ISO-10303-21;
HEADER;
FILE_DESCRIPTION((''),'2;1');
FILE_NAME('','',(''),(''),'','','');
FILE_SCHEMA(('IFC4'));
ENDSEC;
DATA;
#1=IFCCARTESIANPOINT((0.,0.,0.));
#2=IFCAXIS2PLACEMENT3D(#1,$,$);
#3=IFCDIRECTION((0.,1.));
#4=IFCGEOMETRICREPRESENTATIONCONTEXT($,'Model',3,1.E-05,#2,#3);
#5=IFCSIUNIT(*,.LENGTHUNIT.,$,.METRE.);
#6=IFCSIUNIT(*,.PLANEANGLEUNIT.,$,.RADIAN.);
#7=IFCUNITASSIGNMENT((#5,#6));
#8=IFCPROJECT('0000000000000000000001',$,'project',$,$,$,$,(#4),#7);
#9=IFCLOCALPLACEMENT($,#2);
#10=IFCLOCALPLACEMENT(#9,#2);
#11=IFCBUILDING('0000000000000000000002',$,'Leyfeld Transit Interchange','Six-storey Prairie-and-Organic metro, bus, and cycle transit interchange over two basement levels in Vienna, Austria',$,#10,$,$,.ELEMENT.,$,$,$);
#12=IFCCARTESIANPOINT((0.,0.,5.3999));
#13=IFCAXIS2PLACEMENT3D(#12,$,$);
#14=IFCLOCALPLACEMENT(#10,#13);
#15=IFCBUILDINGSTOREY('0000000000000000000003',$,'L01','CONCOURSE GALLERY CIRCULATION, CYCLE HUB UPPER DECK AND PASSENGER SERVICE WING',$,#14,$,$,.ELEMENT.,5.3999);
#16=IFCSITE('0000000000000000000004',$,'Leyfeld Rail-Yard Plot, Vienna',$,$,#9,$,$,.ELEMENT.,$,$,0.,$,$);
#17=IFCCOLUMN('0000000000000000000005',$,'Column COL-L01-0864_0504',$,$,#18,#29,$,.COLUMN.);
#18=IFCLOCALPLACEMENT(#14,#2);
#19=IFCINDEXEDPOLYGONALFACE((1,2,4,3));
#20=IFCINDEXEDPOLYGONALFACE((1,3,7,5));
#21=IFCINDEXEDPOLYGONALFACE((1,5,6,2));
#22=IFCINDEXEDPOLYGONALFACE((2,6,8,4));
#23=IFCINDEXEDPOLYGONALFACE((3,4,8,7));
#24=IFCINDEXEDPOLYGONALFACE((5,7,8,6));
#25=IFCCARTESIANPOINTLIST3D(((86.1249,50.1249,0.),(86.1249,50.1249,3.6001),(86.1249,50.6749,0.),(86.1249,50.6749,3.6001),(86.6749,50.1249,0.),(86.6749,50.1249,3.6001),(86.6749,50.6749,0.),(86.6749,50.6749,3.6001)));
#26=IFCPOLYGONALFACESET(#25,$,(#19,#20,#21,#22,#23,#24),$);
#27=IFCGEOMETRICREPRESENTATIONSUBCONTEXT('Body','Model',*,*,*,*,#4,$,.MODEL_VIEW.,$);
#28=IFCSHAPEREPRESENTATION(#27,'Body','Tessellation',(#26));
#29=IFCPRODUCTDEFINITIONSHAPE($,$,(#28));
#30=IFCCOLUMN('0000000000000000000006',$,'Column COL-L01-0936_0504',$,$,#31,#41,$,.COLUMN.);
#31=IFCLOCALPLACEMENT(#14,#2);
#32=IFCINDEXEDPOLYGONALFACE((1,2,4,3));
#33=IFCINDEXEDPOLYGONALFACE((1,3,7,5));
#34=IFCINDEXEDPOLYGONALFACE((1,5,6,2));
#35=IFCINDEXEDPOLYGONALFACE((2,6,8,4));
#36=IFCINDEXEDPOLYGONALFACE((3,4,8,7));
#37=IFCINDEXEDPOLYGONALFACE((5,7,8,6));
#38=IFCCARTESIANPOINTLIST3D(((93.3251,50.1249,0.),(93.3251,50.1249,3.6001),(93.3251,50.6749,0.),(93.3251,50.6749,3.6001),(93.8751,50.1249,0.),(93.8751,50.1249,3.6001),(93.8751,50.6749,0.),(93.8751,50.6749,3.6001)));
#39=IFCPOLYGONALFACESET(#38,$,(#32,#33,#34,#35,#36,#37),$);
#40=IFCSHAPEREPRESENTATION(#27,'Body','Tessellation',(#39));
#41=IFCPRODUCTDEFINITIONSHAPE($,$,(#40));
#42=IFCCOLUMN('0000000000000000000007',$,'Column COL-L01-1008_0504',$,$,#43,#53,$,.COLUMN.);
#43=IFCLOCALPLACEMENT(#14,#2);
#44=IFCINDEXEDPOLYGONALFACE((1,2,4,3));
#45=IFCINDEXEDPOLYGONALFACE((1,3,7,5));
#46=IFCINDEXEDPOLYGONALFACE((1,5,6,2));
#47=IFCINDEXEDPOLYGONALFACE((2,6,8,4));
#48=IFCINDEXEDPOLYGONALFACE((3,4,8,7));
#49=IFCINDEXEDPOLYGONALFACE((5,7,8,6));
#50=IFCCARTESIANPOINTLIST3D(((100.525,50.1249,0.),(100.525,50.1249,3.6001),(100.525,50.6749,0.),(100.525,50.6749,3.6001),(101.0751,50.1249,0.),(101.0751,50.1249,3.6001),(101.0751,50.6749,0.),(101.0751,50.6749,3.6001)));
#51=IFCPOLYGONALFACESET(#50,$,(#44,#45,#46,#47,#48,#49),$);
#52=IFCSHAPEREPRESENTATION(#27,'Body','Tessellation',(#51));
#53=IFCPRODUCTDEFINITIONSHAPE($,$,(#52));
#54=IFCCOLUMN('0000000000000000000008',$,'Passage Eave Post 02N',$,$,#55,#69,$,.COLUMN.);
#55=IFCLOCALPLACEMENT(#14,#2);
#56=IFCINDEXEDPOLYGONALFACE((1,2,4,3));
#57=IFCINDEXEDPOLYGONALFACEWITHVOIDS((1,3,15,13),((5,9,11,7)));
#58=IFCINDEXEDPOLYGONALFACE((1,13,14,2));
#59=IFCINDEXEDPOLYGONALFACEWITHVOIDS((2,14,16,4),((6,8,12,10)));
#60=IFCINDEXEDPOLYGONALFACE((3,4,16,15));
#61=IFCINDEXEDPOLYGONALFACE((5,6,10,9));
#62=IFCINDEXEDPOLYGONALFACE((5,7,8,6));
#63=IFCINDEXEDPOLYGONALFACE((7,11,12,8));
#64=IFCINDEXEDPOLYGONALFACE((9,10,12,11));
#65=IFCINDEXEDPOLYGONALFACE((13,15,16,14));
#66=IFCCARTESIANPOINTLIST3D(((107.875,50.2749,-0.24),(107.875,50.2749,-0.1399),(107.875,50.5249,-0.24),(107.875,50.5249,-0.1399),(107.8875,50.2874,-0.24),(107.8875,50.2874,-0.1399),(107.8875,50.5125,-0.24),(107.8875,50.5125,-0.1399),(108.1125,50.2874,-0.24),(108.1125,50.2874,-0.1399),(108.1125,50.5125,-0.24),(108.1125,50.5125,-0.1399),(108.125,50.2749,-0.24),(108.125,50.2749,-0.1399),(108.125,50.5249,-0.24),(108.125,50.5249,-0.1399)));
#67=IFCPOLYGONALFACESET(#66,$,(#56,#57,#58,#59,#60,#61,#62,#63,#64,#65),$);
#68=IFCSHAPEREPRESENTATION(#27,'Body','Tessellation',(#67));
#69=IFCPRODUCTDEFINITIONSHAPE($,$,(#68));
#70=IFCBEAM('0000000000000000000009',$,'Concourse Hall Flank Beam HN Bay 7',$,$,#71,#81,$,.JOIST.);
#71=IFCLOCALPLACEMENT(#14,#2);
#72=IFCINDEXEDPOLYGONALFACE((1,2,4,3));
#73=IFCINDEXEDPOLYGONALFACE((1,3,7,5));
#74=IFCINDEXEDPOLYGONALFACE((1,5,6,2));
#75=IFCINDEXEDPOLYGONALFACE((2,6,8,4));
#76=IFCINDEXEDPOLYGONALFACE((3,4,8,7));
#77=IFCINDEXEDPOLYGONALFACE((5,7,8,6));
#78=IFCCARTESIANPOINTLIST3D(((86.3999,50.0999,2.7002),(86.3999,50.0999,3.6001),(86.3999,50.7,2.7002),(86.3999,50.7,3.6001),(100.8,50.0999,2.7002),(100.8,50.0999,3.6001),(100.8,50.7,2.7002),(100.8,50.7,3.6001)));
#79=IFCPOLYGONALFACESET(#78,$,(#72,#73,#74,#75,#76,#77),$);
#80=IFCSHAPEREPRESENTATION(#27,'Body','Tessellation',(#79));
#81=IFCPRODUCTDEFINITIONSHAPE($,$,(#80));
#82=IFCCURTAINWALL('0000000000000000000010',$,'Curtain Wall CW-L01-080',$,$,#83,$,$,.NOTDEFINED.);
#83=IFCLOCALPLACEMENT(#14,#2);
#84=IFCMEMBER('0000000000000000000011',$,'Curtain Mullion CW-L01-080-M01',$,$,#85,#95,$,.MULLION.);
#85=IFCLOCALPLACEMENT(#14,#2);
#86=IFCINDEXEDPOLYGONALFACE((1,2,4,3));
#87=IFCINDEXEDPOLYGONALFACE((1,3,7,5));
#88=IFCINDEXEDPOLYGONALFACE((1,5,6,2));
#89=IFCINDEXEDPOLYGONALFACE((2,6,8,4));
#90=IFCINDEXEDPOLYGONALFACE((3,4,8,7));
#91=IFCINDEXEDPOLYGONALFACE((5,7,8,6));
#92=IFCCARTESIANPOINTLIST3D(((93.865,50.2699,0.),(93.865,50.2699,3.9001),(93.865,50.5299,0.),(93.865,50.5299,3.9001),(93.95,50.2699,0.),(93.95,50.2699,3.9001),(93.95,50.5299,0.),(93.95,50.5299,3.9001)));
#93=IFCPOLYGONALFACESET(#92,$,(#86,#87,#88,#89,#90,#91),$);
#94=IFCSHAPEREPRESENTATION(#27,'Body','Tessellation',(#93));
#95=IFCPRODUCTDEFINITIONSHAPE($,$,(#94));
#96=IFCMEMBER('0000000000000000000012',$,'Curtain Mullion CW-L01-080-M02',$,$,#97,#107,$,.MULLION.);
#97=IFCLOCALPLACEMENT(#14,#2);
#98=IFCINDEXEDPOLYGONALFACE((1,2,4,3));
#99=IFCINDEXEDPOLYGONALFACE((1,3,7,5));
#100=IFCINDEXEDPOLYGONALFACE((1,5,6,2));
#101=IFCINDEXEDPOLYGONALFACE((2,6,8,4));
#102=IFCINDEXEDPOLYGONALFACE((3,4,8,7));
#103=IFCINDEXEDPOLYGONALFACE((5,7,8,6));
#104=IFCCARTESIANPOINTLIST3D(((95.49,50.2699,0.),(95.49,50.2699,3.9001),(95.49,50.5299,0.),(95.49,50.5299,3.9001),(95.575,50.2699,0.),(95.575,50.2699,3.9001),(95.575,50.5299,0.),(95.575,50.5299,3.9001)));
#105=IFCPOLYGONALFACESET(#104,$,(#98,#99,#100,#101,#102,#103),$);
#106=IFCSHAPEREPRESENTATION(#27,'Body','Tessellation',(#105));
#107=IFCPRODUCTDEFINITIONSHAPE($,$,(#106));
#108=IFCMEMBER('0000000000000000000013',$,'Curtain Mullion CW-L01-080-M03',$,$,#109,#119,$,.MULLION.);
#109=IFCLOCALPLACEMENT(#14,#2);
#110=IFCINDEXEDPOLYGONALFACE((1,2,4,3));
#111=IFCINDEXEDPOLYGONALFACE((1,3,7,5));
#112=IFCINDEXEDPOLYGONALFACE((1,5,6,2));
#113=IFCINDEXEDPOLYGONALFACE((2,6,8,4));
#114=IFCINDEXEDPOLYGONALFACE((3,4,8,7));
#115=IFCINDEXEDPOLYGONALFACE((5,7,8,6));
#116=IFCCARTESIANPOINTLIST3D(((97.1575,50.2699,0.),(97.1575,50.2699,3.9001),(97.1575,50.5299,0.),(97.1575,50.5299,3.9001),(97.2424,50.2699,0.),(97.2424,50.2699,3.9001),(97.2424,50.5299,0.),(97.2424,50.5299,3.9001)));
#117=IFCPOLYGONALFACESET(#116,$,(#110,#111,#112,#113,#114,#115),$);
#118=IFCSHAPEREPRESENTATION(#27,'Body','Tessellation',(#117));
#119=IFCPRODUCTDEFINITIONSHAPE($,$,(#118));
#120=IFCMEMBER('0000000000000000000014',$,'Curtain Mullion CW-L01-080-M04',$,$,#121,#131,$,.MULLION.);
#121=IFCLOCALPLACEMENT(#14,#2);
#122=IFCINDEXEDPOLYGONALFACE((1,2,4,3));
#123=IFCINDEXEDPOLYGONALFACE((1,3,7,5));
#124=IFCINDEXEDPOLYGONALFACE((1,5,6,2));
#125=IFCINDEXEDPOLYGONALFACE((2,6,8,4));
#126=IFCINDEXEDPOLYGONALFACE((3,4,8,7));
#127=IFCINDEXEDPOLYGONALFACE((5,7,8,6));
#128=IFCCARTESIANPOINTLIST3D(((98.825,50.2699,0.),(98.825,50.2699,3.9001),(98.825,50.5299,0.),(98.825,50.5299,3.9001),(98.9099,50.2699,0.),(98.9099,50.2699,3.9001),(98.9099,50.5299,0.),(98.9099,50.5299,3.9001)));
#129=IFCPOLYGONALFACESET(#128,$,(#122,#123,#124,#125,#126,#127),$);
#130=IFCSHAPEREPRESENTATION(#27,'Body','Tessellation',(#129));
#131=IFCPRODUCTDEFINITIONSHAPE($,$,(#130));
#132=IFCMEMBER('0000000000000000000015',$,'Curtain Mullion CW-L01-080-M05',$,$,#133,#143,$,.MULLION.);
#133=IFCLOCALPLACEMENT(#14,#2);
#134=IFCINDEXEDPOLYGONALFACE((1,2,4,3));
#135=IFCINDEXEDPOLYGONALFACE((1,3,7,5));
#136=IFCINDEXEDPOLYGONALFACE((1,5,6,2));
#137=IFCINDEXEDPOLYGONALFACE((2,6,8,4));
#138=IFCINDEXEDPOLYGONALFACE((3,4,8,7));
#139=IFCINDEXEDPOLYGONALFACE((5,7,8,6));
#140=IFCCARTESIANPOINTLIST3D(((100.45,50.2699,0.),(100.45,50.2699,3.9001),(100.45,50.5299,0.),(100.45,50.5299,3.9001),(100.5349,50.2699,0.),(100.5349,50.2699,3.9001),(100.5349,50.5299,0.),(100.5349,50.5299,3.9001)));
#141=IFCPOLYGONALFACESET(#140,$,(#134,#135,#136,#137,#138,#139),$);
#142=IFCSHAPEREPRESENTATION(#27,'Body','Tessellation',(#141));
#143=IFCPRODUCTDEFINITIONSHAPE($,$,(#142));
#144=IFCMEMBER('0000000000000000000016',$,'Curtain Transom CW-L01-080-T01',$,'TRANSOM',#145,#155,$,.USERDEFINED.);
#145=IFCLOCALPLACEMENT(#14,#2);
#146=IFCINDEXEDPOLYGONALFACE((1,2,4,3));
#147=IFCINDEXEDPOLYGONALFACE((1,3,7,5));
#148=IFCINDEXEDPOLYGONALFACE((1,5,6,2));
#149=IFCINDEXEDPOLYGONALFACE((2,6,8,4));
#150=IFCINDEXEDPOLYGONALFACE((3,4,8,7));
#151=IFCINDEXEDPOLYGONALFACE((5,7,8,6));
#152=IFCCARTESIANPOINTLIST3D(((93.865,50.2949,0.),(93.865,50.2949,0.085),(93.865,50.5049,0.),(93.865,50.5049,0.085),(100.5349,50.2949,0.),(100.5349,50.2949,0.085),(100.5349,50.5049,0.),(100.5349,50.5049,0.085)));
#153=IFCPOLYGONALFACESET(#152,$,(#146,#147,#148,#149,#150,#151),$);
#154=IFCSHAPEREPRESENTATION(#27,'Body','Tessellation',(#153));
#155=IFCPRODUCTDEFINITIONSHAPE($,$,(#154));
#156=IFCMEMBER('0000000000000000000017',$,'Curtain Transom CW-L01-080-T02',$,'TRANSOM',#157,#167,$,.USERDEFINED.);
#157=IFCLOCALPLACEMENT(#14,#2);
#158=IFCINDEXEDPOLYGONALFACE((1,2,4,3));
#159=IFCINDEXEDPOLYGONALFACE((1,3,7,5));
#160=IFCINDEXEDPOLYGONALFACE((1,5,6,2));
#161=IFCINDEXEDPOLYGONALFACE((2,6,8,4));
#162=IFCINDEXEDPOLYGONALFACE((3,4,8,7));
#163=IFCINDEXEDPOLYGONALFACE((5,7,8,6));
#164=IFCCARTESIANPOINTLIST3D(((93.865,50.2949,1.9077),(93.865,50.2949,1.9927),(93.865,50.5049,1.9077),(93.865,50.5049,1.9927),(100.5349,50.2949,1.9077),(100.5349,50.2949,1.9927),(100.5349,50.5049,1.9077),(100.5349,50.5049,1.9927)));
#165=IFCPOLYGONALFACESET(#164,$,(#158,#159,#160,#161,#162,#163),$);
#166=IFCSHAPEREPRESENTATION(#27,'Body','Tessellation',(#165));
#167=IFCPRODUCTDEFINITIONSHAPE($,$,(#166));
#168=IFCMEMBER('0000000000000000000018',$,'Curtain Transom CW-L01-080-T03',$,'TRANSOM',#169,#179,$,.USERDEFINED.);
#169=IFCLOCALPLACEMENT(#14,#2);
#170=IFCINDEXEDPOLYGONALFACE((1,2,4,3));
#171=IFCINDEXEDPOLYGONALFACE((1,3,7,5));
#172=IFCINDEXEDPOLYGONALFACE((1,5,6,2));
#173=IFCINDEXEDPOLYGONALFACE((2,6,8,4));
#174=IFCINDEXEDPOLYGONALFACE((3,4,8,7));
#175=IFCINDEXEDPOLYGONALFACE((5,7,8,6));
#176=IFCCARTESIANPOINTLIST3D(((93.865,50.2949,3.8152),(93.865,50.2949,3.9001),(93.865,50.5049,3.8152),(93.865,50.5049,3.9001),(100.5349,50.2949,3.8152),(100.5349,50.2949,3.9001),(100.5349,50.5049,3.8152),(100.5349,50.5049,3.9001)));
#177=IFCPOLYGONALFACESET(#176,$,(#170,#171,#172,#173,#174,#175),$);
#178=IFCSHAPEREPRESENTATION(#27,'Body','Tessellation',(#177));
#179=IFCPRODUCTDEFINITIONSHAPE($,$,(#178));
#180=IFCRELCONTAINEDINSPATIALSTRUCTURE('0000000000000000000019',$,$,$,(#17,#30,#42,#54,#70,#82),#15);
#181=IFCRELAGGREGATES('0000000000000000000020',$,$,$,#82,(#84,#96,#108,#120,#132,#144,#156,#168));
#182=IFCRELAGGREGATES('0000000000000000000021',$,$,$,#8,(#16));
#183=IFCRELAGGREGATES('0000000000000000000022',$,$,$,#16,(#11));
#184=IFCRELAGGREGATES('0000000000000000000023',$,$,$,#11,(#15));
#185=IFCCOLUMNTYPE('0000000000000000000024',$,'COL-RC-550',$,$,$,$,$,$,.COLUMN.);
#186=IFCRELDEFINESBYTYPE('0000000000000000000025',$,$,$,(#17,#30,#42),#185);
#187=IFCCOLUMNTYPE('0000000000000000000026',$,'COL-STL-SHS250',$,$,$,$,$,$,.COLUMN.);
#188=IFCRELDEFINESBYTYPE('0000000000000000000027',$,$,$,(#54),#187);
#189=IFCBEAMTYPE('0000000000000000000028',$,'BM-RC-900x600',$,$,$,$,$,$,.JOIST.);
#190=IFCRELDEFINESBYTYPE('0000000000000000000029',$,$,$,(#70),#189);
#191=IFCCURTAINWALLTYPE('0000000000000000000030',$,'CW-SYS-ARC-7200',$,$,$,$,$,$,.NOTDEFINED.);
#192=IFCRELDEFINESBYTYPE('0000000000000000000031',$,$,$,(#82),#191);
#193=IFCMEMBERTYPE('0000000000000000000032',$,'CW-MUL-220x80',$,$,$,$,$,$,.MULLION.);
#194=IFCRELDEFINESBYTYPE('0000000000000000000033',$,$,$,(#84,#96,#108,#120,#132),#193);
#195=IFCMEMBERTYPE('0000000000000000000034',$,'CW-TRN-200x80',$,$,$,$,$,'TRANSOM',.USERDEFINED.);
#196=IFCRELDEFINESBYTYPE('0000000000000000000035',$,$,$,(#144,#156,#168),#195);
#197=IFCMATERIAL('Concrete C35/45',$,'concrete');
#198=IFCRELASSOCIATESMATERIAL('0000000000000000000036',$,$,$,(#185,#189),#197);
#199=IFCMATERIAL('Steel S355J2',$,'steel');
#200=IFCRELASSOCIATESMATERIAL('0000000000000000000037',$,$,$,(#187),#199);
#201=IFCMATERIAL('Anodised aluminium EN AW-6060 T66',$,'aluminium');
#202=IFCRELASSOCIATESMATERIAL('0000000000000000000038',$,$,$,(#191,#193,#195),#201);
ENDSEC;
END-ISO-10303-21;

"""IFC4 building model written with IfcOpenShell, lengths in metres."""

from ifc_helpers import new_model, si_unit, direction, frame, origin, origin_2d, place, context, subcontext, project, spatial, rectangle, hollow_rectangle, extrude, material, material_profile, profile_set, type_object, element, aggregate, save


model = new_model("IFC4")

# Units and contexts
model_context = context("Model", 3, precision=1e-05, world=origin(), true_north=direction((0.0, 1.0)))
body_context = subcontext(model_context, "Body", "Model", "MODEL_VIEW")
ifc_project = project(units=[si_unit("LENGTHUNIT", "METRE"), si_unit("PLANEANGLEUNIT", "RADIAN")], contexts=[model_context])

# Site, building, storey
site_placement = place(None, origin())
site = spatial("IfcSite", under=ifc_project, at=site_placement, Name="Leyfeld Rail-Yard Plot, Vienna", CompositionType="ELEMENT", RefElevation=0.0)
building_placement = place(site_placement, origin())
building = spatial("IfcBuilding", under=site, at=building_placement, Name="Leyfeld Transit Interchange", Description="Six-storey Prairie-and-Organic metro, bus, and cycle transit interchange over two basement levels in Vienna, Austria", CompositionType="ELEMENT")
storey_placement = place(building_placement, frame((0.0, 0.0, 5.3999)))
storey = spatial("IfcBuildingStorey", under=building, at=storey_placement, Name="L01", Description="CONCOURSE GALLERY CIRCULATION, CYCLE HUB UPPER DECK AND PASSENGER SERVICE WING", CompositionType="ELEMENT", Elevation=5.3999)

# Columns
ifc_material_1 = material(Name="Concrete C35/45", Category="concrete")
ifc_material_profile_1 = material_profile(ifc_material_1, rectangle(XDim=0.55, YDim=0.55, at=origin_2d()), Name="RC 550x550")
ifc_profile_set_1 = profile_set([ifc_material_profile_1], Name="Concrete C35/45")
column_type_1 = type_object("IfcColumnType", Name="COL-RC-550", PredefinedType="COLUMN", material=ifc_profile_set_1)
for number, where, z_axis, x_axis, name in (
    (1, (86.3999, 50.3999, 0.0), (0.0, 0.0, 1.0), (1.0, 0.0, 0.0), "Column COL-L01-0864_0504"),
    (2, (93.6001, 50.3999, 0.0), (0.0, 0.0, 1.0), (1.0, 0.0, 0.0), "Column COL-L01-0936_0504"),
    (3, (100.8, 50.3999, 0.0), (0.0, 0.0, 1.0), (1.0, 0.0, 0.0), "Column COL-L01-1008_0504"),
):
    element("IfcColumn", number, at=place(storey_placement, frame(where, z_axis=z_axis, x_axis=x_axis)), inside=storey, type_object=column_type_1, Name=name, PredefinedType="COLUMN", context=body_context, shape_type="SweptSolid", body=[
        extrude(rectangle(XDim=0.55, YDim=0.55, at=origin_2d()), origin(), (0.0, 0.0, 1.0), 3.6001),
    ])
ifc_material_2 = material(Name="Steel S355J2", Category="steel")
ifc_material_profile_2 = material_profile(ifc_material_2, hollow_rectangle(XDim=0.25, YDim=0.25, WallThickness=0.0125, at=origin_2d()), Name="SHS 250x250x12.5")
ifc_profile_set_2 = profile_set([ifc_material_profile_2], Name="Steel S355J2")
column_type_2 = type_object("IfcColumnType", Name="COL-STL-SHS250", PredefinedType="COLUMN", material=ifc_profile_set_2)
column_placement = place(storey_placement, frame((108.0, 50.3999, -0.24), z_axis=(0.0, 0.0, 1.0), x_axis=(1.0, 0.0, 0.0)))
element("IfcColumn", 4, at=column_placement, inside=storey, type_object=column_type_2, Name="Passage Eave Post 02N", PredefinedType="COLUMN", context=body_context, shape_type="SweptSolid", body=[
    extrude(hollow_rectangle(XDim=0.25, YDim=0.25, WallThickness=0.0125, at=origin_2d()), origin(), (0.0, 0.0, 1.0), 0.1001),
])

# Beam
ifc_material_profile_3 = material_profile(ifc_material_1, rectangle(XDim=0.6001, YDim=0.8999, at=origin_2d()), Name="RC 900x600")
ifc_profile_set_3 = profile_set([ifc_material_profile_3], Name="Concrete C35/45")
beam_type = type_object("IfcBeamType", Name="BM-RC-900x600", PredefinedType="JOIST", material=ifc_profile_set_3)
beam_placement = place(storey_placement, frame((86.3999, 50.3999, 3.1501), z_axis=(1.0, 0.0, 0.0), x_axis=(0.0, 1.0, 0.0)))
element("IfcBeam", 5, at=beam_placement, inside=storey, type_object=beam_type, Name="Concourse Hall Flank Beam HN Bay 7", PredefinedType="JOIST", context=body_context, shape_type="SweptSolid", body=[
    extrude(rectangle(XDim=0.6001, YDim=0.8999, at=origin_2d()), origin(), (0.0, 0.0, 1.0), 14.4001),
])

# Curtain wall, members
ifc_material_3 = material(Name="Anodised aluminium EN AW-6060 T66", Category="aluminium")
curtain_wall_type = type_object("IfcCurtainWallType", Name="CW-SYS-ARC-7200", PredefinedType="NOTDEFINED", material=ifc_material_3)
curtain_wall_placement = place(storey_placement, origin())
curtain_wall = element("IfcCurtainWall", 6, at=curtain_wall_placement, inside=storey, type_object=curtain_wall_type, Name="Curtain Wall CW-L01-080", PredefinedType="NOTDEFINED")
ifc_material_profile_4 = material_profile(ifc_material_3, rectangle(XDim=0.085, YDim=0.26, at=origin_2d()), Name="CW-M 85x260")
ifc_profile_set_4 = profile_set([ifc_material_profile_4], Name="Anodised aluminium EN AW-6060 T66")
member_type_1 = type_object("IfcMemberType", Name="CW-MUL-220x80", PredefinedType="MULLION", material=ifc_profile_set_4)
member_1_placement = place(storey_placement, frame((93.9075, 50.3999, 0.0), z_axis=(0.0, 0.0, 1.0), x_axis=(1.0, 0.0, 0.0)))
member_1 = element("IfcMember", 7, at=member_1_placement, type_object=member_type_1, Name="Curtain Mullion CW-L01-080-M01", PredefinedType="MULLION", context=body_context, shape_type="SweptSolid", body=[
    extrude(rectangle(XDim=0.085, YDim=0.26, at=origin_2d()), origin(), (0.0, 0.0, 1.0), 3.9001),
])
member_2_placement = place(storey_placement, frame((95.5325, 50.3999, 0.0), z_axis=(0.0, 0.0, 1.0), x_axis=(1.0, 0.0, 0.0)))
member_2 = element("IfcMember", 8, at=member_2_placement, type_object=member_type_1, Name="Curtain Mullion CW-L01-080-M02", PredefinedType="MULLION", context=body_context, shape_type="SweptSolid", body=[
    extrude(rectangle(XDim=0.085, YDim=0.26, at=origin_2d()), origin(), (0.0, 0.0, 1.0), 3.9001),
])
member_3_placement = place(storey_placement, frame((97.2, 50.3999, 0.0), z_axis=(0.0, 0.0, 1.0), x_axis=(1.0, 0.0, 0.0)))
member_3 = element("IfcMember", 9, at=member_3_placement, type_object=member_type_1, Name="Curtain Mullion CW-L01-080-M03", PredefinedType="MULLION", context=body_context, shape_type="SweptSolid", body=[
    extrude(rectangle(XDim=0.085, YDim=0.26, at=origin_2d()), origin(), (0.0, 0.0, 1.0), 3.9001),
])
member_4_placement = place(storey_placement, frame((98.8674, 50.3999, 0.0), z_axis=(0.0, 0.0, 1.0), x_axis=(1.0, 0.0, 0.0)))
member_4 = element("IfcMember", 10, at=member_4_placement, type_object=member_type_1, Name="Curtain Mullion CW-L01-080-M04", PredefinedType="MULLION", context=body_context, shape_type="SweptSolid", body=[
    extrude(rectangle(XDim=0.085, YDim=0.26, at=origin_2d()), origin(), (0.0, 0.0, 1.0), 3.9001),
])
member_5_placement = place(storey_placement, frame((100.4924, 50.3999, 0.0), z_axis=(0.0, 0.0, 1.0), x_axis=(1.0, 0.0, 0.0)))
member_5 = element("IfcMember", 11, at=member_5_placement, type_object=member_type_1, Name="Curtain Mullion CW-L01-080-M05", PredefinedType="MULLION", context=body_context, shape_type="SweptSolid", body=[
    extrude(rectangle(XDim=0.085, YDim=0.26, at=origin_2d()), origin(), (0.0, 0.0, 1.0), 3.9001),
])
ifc_material_profile_5 = material_profile(ifc_material_3, rectangle(XDim=0.21, YDim=0.085, at=origin_2d()), Name="CW-TRN-200x80")
ifc_profile_set_5 = profile_set([ifc_material_profile_5], Name="Anodised aluminium EN AW-6060 T66")
member_type_2 = type_object("IfcMemberType", Name="CW-TRN-200x80", ElementType="TRANSOM", PredefinedType="USERDEFINED", material=ifc_profile_set_5)
member_6_placement = place(storey_placement, frame((93.865, 50.3999, 0.0425), z_axis=(1.0, 0.0, 0.0), x_axis=(0.0, 1.0, 0.0)))
member_6 = element("IfcMember", 12, at=member_6_placement, type_object=member_type_2, Name="Curtain Transom CW-L01-080-T01", ObjectType="TRANSOM", PredefinedType="USERDEFINED", context=body_context, shape_type="SweptSolid", body=[
    extrude(rectangle(XDim=0.21, YDim=0.085, at=origin_2d()), origin(), (0.0, 0.0, 1.0), 6.6699),
])
member_7_placement = place(storey_placement, frame((93.865, 50.3999, 1.9502), z_axis=(1.0, 0.0, 0.0), x_axis=(0.0, 1.0, 0.0)))
member_7 = element("IfcMember", 13, at=member_7_placement, type_object=member_type_2, Name="Curtain Transom CW-L01-080-T02", ObjectType="TRANSOM", PredefinedType="USERDEFINED", context=body_context, shape_type="SweptSolid", body=[
    extrude(rectangle(XDim=0.21, YDim=0.085, at=origin_2d()), origin(), (0.0, 0.0, 1.0), 6.6699),
])
member_8_placement = place(storey_placement, frame((93.865, 50.3999, 3.8577), z_axis=(1.0, 0.0, 0.0), x_axis=(0.0, 1.0, 0.0)))
member_8 = element("IfcMember", 14, at=member_8_placement, type_object=member_type_2, Name="Curtain Transom CW-L01-080-T03", ObjectType="TRANSOM", PredefinedType="USERDEFINED", context=body_context, shape_type="SweptSolid", body=[
    extrude(rectangle(XDim=0.21, YDim=0.085, at=origin_2d()), origin(), (0.0, 0.0, 1.0), 6.6699),
])

aggregate(curtain_wall, [member_1, member_2, member_3, member_4, member_5, member_6, member_7, member_8])

save(model, "model.ifc")
